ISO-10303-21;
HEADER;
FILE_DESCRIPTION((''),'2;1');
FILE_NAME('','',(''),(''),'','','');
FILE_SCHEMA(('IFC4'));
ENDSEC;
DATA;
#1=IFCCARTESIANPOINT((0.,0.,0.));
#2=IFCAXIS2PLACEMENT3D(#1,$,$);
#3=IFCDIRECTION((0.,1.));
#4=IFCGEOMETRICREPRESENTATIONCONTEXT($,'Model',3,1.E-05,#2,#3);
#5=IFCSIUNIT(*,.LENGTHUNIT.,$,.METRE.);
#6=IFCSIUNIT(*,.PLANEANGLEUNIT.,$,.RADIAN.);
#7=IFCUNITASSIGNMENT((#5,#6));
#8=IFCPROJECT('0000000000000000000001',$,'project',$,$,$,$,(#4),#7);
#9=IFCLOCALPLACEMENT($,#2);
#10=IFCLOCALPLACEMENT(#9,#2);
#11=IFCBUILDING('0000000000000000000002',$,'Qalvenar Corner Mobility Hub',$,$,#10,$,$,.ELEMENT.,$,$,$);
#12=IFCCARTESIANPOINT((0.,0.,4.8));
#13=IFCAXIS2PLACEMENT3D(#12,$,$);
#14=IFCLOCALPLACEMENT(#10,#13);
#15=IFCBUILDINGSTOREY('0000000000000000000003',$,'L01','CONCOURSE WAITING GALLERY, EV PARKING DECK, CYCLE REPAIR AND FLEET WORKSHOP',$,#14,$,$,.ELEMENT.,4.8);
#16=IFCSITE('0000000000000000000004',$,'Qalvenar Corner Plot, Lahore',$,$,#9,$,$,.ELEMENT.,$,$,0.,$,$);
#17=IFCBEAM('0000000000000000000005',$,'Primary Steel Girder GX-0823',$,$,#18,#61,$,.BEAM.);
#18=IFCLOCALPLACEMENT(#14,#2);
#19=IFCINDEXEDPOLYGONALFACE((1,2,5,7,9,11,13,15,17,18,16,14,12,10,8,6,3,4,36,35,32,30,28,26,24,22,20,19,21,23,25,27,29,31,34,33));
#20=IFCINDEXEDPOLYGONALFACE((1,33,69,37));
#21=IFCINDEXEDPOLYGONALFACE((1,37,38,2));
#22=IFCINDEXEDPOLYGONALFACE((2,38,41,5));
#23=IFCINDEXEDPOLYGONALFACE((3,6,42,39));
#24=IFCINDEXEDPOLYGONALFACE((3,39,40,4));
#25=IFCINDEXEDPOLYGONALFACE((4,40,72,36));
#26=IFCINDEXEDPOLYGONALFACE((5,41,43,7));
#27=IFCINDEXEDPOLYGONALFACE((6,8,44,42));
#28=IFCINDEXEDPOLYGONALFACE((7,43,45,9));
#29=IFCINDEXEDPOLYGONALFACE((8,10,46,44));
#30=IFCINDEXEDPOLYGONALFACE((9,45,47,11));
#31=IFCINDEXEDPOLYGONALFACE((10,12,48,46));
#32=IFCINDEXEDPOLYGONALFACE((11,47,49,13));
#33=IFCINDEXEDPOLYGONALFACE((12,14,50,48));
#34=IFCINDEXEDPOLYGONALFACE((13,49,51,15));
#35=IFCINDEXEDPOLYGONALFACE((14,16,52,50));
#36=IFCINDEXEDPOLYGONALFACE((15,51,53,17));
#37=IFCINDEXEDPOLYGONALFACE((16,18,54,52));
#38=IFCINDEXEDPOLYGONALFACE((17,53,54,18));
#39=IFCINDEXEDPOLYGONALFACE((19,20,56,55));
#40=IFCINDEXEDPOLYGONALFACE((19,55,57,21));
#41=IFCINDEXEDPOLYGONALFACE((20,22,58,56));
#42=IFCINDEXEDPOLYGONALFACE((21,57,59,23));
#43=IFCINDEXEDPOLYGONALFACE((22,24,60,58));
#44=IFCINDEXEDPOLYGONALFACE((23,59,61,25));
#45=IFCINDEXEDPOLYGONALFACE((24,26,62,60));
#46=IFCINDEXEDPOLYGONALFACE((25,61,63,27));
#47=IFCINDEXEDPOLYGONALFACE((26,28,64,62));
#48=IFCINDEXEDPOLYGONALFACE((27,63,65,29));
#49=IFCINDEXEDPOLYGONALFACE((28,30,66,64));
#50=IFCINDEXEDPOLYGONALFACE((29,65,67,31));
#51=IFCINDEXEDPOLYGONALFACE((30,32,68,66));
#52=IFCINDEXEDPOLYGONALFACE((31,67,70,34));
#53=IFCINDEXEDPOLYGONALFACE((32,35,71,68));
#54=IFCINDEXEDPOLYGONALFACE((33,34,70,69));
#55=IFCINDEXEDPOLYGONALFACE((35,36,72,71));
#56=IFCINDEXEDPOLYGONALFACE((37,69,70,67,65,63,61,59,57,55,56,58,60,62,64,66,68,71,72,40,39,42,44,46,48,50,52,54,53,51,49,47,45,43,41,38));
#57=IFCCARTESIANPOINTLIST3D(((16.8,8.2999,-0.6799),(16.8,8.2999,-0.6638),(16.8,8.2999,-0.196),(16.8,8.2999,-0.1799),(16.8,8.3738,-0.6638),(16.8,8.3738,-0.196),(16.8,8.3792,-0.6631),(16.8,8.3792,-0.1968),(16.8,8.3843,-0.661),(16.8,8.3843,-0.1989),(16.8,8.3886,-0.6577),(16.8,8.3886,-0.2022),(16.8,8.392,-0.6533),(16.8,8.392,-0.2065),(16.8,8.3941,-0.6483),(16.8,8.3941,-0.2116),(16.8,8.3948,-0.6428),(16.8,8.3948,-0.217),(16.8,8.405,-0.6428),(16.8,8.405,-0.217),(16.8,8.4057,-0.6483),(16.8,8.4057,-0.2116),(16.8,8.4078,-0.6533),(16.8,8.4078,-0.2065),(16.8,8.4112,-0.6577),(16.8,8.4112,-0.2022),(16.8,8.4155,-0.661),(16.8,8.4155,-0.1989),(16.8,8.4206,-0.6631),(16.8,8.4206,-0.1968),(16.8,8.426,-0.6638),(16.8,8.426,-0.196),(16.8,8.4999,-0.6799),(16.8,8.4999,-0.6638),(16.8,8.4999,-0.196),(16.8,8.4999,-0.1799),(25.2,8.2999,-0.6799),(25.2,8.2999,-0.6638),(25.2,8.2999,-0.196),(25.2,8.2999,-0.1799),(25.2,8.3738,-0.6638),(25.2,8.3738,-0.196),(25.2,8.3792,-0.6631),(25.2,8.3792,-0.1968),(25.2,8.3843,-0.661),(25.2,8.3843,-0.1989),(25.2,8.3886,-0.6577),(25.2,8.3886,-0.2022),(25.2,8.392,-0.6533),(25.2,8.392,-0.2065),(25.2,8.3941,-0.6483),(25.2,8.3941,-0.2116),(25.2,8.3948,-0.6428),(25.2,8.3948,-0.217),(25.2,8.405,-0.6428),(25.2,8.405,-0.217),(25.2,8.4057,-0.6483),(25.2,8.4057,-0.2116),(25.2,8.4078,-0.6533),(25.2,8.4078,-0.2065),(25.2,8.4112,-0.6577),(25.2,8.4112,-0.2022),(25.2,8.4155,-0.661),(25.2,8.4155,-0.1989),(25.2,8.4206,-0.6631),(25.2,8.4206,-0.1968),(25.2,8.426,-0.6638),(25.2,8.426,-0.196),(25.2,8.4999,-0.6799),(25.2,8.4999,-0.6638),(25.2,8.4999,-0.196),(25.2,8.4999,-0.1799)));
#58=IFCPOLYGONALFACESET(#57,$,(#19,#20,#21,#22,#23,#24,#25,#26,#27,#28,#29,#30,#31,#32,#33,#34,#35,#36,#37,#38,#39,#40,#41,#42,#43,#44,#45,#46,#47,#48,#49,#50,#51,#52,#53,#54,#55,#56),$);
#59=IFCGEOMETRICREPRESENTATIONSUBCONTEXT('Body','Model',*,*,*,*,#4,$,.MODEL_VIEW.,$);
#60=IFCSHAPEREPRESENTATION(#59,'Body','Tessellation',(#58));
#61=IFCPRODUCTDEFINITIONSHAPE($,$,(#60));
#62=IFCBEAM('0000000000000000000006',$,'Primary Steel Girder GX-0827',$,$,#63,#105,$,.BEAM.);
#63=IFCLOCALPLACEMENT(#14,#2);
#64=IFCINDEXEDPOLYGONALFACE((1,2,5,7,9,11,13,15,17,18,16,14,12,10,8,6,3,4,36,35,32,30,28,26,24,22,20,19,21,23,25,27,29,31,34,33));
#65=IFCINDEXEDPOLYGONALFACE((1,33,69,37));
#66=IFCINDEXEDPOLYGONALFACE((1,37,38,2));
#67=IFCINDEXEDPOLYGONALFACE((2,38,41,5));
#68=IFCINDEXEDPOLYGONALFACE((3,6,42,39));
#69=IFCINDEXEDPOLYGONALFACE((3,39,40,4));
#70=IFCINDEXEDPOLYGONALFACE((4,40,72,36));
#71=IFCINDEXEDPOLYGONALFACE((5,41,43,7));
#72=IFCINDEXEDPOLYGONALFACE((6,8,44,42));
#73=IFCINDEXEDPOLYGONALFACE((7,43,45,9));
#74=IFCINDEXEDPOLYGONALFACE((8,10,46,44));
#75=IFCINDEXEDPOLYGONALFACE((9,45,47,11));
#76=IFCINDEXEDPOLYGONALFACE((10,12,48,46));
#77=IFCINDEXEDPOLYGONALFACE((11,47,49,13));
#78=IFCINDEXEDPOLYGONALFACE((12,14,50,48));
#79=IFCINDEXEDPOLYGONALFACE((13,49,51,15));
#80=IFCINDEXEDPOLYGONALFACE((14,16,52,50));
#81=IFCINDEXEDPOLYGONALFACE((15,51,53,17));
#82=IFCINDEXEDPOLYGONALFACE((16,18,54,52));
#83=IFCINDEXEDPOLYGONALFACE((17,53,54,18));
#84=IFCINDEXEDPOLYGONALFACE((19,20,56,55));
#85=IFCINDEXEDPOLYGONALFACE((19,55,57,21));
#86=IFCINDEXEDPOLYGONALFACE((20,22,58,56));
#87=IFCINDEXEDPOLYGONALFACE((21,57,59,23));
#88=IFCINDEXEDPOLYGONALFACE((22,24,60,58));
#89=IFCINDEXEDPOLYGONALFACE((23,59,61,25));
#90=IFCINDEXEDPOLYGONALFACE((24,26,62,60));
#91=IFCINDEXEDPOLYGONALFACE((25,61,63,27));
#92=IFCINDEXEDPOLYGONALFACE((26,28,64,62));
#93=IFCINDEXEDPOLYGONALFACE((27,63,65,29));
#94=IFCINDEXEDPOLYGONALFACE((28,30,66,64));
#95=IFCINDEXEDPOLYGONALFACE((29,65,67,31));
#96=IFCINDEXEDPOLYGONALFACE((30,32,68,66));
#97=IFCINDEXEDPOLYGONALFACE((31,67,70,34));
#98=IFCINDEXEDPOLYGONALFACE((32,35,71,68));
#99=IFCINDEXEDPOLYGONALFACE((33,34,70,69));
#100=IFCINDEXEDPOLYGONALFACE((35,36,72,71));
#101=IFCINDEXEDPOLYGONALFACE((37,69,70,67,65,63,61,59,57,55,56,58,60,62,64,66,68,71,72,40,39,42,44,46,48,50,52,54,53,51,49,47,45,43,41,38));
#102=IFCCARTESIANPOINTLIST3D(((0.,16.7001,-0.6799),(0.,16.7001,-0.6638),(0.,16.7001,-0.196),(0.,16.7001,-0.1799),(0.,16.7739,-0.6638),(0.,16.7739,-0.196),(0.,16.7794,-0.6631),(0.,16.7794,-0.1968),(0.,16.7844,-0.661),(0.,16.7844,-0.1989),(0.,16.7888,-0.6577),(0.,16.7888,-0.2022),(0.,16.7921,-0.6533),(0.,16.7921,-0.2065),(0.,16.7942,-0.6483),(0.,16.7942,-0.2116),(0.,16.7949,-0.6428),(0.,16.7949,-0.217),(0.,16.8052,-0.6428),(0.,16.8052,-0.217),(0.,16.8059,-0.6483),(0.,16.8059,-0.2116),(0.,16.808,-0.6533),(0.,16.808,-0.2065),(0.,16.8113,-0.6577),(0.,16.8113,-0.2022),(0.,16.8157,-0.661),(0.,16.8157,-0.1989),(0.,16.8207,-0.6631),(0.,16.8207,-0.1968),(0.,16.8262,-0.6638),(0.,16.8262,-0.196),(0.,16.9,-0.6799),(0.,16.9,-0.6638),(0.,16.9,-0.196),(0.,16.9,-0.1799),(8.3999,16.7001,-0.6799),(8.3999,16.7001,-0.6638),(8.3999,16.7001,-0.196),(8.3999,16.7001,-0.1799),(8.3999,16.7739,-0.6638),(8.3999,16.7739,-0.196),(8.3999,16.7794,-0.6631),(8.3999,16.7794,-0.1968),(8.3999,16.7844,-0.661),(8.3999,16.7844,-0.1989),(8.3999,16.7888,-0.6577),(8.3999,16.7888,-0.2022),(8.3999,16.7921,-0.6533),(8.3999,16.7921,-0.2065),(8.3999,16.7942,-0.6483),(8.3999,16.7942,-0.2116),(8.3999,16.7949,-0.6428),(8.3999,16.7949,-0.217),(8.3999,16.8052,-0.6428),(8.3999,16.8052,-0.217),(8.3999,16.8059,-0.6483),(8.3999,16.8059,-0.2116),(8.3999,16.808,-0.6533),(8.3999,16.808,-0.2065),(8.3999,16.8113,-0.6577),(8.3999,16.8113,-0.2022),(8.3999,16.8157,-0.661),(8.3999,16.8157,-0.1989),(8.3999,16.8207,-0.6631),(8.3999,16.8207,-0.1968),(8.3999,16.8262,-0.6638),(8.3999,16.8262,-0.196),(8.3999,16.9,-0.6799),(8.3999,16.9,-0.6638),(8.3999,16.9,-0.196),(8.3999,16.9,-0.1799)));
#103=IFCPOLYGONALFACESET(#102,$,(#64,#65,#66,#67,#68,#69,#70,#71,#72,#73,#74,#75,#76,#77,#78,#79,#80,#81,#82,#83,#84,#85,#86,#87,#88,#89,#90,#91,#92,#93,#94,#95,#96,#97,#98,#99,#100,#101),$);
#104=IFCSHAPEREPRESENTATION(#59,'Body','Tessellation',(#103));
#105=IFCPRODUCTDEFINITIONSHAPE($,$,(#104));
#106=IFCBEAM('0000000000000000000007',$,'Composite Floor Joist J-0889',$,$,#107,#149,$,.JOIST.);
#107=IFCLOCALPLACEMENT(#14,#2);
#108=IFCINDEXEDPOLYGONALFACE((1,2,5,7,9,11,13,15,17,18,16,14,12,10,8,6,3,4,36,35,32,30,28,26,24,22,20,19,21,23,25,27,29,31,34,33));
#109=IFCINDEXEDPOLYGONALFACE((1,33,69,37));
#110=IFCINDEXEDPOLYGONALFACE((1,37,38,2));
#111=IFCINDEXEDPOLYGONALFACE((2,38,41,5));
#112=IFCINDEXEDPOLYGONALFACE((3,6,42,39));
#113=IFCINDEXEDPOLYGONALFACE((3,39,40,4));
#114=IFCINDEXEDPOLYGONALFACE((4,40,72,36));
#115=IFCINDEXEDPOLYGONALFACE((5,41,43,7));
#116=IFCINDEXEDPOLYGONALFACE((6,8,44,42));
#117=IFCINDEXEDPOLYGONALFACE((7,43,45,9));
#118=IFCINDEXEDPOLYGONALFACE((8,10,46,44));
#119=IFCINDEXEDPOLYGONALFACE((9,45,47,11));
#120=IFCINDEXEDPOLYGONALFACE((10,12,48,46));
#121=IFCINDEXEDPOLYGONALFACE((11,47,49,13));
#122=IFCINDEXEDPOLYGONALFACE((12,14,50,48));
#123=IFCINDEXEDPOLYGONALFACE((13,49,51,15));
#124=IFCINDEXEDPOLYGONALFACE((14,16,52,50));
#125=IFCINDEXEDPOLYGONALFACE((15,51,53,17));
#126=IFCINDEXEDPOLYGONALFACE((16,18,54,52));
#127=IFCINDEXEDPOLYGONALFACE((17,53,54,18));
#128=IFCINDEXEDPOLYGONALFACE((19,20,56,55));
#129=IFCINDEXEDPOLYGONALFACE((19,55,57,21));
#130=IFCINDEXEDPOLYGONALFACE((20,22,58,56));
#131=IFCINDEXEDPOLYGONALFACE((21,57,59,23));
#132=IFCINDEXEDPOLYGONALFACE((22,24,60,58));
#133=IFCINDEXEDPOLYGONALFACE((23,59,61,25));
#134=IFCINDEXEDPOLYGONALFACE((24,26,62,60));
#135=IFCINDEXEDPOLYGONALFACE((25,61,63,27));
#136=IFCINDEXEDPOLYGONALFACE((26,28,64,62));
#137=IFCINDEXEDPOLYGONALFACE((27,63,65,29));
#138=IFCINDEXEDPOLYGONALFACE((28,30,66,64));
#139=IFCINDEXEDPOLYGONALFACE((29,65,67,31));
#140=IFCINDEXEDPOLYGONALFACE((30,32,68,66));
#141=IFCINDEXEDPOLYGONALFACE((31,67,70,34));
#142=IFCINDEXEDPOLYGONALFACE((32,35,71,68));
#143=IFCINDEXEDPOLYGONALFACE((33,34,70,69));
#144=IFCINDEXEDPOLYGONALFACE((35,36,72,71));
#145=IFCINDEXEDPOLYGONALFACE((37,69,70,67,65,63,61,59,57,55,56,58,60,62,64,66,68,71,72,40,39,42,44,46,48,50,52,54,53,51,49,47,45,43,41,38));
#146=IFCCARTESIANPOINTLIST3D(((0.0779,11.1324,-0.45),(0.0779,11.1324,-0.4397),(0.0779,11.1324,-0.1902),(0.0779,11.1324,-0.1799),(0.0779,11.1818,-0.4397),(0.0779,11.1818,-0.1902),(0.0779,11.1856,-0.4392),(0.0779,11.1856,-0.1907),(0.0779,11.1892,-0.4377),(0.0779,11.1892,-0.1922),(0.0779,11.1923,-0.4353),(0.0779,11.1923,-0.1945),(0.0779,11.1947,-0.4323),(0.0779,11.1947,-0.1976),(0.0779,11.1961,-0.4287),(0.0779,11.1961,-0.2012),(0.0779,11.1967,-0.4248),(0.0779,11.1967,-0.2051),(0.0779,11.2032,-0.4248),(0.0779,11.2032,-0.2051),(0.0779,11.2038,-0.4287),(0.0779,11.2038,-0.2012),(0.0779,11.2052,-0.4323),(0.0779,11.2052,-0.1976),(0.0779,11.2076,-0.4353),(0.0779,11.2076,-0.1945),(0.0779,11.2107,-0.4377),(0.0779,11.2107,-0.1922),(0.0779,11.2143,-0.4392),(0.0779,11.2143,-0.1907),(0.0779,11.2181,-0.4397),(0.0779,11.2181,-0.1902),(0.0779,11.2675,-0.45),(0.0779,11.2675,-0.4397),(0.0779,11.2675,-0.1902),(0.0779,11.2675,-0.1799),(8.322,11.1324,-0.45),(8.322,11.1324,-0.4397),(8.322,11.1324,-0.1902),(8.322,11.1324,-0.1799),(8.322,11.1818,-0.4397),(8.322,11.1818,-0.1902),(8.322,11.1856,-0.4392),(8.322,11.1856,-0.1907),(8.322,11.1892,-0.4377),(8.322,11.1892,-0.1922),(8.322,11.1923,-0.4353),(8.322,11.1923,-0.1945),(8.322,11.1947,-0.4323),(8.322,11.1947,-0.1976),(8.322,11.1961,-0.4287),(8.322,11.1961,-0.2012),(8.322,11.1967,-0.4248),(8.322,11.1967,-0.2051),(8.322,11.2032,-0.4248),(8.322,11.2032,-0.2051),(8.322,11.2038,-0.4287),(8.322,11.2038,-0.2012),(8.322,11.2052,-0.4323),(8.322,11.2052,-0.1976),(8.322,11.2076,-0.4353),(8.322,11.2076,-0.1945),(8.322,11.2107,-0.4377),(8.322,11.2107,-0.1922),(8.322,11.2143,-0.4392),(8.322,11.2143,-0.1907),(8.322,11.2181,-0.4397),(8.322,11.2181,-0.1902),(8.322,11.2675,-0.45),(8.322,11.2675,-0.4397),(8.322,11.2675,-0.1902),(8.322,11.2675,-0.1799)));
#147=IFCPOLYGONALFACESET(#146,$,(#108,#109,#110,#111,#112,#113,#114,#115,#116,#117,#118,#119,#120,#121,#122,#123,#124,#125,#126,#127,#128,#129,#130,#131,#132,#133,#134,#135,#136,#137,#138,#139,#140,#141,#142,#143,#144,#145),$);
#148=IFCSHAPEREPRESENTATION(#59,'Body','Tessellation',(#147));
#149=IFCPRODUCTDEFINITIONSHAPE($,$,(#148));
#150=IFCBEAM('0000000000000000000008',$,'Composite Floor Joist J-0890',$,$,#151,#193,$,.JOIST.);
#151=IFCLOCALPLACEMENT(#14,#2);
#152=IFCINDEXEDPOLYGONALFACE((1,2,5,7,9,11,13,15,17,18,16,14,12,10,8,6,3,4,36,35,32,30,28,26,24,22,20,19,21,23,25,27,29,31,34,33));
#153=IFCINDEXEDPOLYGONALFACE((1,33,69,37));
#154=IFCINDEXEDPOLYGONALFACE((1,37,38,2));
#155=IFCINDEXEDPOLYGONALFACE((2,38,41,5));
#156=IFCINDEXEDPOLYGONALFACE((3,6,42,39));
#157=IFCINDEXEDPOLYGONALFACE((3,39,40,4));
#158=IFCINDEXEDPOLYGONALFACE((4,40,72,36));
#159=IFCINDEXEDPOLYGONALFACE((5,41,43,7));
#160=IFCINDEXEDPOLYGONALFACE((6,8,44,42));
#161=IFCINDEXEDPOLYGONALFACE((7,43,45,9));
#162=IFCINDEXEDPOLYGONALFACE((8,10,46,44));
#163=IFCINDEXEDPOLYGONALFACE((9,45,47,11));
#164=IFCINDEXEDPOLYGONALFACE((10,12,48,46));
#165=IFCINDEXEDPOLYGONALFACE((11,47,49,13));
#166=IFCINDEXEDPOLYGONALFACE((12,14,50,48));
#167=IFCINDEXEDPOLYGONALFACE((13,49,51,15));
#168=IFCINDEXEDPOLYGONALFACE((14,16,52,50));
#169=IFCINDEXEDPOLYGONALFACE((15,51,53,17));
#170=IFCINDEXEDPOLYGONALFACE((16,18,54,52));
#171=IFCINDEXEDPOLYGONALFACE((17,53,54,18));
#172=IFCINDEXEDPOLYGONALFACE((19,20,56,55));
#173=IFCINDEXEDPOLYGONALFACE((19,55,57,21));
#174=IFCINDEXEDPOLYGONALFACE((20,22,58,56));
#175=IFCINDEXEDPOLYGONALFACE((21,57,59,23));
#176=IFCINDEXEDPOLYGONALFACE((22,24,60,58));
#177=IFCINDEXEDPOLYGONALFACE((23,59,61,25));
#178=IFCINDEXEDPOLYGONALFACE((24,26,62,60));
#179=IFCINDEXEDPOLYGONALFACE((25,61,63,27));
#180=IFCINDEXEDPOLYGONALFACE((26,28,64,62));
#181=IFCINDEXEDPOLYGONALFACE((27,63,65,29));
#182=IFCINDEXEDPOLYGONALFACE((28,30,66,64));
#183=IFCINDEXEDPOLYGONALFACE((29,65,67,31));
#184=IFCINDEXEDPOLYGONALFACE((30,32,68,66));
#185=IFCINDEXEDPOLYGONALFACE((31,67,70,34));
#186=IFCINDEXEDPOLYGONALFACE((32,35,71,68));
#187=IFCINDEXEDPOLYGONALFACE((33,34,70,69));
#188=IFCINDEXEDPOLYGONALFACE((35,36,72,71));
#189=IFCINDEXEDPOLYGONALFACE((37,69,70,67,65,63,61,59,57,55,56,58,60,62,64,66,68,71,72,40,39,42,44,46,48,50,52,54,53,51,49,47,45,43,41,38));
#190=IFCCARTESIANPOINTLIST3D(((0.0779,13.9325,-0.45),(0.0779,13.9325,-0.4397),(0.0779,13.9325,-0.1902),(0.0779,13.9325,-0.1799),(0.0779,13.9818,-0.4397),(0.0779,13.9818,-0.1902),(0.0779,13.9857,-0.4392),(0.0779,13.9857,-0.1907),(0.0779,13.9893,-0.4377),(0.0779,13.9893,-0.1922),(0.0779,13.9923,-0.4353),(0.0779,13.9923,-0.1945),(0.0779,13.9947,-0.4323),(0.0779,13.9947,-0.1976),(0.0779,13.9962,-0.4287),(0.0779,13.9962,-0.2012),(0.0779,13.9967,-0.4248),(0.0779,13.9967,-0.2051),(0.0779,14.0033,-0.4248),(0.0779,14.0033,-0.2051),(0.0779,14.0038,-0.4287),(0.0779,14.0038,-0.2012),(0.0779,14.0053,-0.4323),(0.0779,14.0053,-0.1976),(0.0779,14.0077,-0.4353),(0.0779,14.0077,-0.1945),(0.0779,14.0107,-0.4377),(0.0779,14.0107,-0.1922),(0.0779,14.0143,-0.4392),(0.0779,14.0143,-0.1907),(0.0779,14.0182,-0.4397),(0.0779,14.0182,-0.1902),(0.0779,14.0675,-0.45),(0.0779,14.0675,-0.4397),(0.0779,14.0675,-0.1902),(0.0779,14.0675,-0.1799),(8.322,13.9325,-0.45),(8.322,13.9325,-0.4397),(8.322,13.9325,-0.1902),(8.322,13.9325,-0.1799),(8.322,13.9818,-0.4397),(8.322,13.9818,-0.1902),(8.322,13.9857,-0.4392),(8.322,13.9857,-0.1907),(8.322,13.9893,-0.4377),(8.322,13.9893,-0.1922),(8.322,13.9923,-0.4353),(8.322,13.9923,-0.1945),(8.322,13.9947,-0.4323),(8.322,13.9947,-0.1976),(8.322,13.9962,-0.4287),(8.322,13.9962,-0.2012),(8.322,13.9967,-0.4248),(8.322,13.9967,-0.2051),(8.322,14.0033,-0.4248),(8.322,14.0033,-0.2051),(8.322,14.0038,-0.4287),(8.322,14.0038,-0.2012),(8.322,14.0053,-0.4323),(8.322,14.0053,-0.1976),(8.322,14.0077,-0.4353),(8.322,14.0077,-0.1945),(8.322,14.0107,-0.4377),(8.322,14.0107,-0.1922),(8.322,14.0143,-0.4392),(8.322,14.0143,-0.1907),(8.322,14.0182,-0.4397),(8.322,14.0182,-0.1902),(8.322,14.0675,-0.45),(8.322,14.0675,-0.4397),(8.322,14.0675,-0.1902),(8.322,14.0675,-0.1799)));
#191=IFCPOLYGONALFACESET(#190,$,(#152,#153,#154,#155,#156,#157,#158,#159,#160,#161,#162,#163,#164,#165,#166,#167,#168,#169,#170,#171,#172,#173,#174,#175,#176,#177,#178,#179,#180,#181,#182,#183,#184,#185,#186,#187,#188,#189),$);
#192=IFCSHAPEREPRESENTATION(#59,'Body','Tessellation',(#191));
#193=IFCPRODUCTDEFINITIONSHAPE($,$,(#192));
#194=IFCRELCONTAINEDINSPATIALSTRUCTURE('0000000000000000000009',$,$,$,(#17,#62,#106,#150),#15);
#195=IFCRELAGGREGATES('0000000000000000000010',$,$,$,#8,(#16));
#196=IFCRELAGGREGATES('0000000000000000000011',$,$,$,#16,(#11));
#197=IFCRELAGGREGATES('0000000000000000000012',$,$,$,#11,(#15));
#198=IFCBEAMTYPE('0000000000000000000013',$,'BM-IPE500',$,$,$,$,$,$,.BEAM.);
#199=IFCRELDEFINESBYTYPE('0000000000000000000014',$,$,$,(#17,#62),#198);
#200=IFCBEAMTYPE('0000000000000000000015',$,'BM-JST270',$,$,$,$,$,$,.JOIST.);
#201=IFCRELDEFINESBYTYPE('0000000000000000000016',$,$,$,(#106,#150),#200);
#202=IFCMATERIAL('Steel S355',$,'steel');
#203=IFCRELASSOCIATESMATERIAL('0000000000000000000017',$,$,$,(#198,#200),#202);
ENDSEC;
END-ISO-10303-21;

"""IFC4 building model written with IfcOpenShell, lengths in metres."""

from ifc_helpers import new_model, si_unit, direction, frame, origin, origin_2d, place, context, subcontext, project, spatial, i_section, extrude, material, material_profile, profile_set, type_object, element, save


model = new_model("IFC4")

# Units and contexts
model_context = context("Model", 3, precision=1e-05, world=origin(), true_north=direction((0.0, 1.0)))
body_context = subcontext(model_context, "Body", "Model", "MODEL_VIEW")
ifc_project = project(units=[si_unit("LENGTHUNIT", "METRE"), si_unit("PLANEANGLEUNIT", "RADIAN")], contexts=[model_context])

# Site, building, storey
site_placement = place(None, origin())
site = spatial("IfcSite", under=ifc_project, at=site_placement, Name="Qalvenar Corner Plot, Lahore", CompositionType="ELEMENT", RefElevation=0.0)
building_placement = place(site_placement, origin())
building = spatial("IfcBuilding", under=site, at=building_placement, Name="Qalvenar Corner Mobility Hub", CompositionType="ELEMENT")
storey_placement = place(building_placement, frame((0.0, 0.0, 4.8)))
storey = spatial("IfcBuildingStorey", under=building, at=storey_placement, Name="L01", Description="CONCOURSE WAITING GALLERY, EV PARKING DECK, CYCLE REPAIR AND FLEET WORKSHOP", CompositionType="ELEMENT", Elevation=4.8)

# Shared definitions
ifc_material_1 = material(Name="Steel S355", Category="steel")

# Beams
ifc_material_profile_1 = material_profile(ifc_material_1, i_section(OverallWidth=0.2, OverallDepth=0.5, WebThickness=0.0103, FlangeThickness=0.0161, FilletRadius=0.021, at=origin_2d()), Name="IPE500")
ifc_profile_set_1 = profile_set([ifc_material_profile_1], Name="Steel S355")
beam_type_1 = type_object("IfcBeamType", Name="BM-IPE500", PredefinedType="BEAM", material=ifc_profile_set_1)
for number, where, z_axis, x_axis, name in (
    (1, (16.8, 8.3999, -0.4299), (1.0, 0.0, 0.0), (0.0, 1.0, 0.0), "Primary Steel Girder GX-0823"),
    (2, (0.0, 16.8, -0.4299), (1.0, 0.0, 0.0), (0.0, 1.0, 0.0), "Primary Steel Girder GX-0827"),
):
    element("IfcBeam", number, at=place(storey_placement, frame(where, z_axis=z_axis, x_axis=x_axis)), inside=storey, type_object=beam_type_1, Name=name, PredefinedType="BEAM", context=body_context, shape_type="SweptSolid", body=[
        extrude(i_section(OverallWidth=0.2, OverallDepth=0.5, WebThickness=0.0103, FlangeThickness=0.0161, FilletRadius=0.021, at=origin_2d()), origin(), (0.0, 0.0, 1.0), 8.3999),
    ])
ifc_material_profile_2 = material_profile(ifc_material_1, i_section(OverallWidth=0.135, OverallDepth=0.27, WebThickness=0.0066, FlangeThickness=0.0103, FilletRadius=0.0149, at=origin_2d()), Name="IPE270")
ifc_profile_set_2 = profile_set([ifc_material_profile_2], Name="Steel S355")
beam_type_2 = type_object("IfcBeamType", Name="BM-JST270", PredefinedType="JOIST", material=ifc_profile_set_2)
for number, where, z_axis, x_axis, name in (
    (3, (0.0779, 11.2, -0.3149), (1.0, 0.0, 0.0), (0.0, 1.0, 0.0), "Composite Floor Joist J-0889"),
    (4, (0.0779, 14.0, -0.3149), (1.0, 0.0, 0.0), (0.0, 1.0, 0.0), "Composite Floor Joist J-0890"),
):
    element("IfcBeam", number, at=place(storey_placement, frame(where, z_axis=z_axis, x_axis=x_axis)), inside=storey, type_object=beam_type_2, Name=name, PredefinedType="JOIST", context=body_context, shape_type="SweptSolid", body=[
        extrude(i_section(OverallWidth=0.135, OverallDepth=0.27, WebThickness=0.0066, FlangeThickness=0.0103, FilletRadius=0.0149, at=origin_2d()), origin(), (0.0, 0.0, 1.0), 8.2441),
    ])

save(model, "model.ifc")
